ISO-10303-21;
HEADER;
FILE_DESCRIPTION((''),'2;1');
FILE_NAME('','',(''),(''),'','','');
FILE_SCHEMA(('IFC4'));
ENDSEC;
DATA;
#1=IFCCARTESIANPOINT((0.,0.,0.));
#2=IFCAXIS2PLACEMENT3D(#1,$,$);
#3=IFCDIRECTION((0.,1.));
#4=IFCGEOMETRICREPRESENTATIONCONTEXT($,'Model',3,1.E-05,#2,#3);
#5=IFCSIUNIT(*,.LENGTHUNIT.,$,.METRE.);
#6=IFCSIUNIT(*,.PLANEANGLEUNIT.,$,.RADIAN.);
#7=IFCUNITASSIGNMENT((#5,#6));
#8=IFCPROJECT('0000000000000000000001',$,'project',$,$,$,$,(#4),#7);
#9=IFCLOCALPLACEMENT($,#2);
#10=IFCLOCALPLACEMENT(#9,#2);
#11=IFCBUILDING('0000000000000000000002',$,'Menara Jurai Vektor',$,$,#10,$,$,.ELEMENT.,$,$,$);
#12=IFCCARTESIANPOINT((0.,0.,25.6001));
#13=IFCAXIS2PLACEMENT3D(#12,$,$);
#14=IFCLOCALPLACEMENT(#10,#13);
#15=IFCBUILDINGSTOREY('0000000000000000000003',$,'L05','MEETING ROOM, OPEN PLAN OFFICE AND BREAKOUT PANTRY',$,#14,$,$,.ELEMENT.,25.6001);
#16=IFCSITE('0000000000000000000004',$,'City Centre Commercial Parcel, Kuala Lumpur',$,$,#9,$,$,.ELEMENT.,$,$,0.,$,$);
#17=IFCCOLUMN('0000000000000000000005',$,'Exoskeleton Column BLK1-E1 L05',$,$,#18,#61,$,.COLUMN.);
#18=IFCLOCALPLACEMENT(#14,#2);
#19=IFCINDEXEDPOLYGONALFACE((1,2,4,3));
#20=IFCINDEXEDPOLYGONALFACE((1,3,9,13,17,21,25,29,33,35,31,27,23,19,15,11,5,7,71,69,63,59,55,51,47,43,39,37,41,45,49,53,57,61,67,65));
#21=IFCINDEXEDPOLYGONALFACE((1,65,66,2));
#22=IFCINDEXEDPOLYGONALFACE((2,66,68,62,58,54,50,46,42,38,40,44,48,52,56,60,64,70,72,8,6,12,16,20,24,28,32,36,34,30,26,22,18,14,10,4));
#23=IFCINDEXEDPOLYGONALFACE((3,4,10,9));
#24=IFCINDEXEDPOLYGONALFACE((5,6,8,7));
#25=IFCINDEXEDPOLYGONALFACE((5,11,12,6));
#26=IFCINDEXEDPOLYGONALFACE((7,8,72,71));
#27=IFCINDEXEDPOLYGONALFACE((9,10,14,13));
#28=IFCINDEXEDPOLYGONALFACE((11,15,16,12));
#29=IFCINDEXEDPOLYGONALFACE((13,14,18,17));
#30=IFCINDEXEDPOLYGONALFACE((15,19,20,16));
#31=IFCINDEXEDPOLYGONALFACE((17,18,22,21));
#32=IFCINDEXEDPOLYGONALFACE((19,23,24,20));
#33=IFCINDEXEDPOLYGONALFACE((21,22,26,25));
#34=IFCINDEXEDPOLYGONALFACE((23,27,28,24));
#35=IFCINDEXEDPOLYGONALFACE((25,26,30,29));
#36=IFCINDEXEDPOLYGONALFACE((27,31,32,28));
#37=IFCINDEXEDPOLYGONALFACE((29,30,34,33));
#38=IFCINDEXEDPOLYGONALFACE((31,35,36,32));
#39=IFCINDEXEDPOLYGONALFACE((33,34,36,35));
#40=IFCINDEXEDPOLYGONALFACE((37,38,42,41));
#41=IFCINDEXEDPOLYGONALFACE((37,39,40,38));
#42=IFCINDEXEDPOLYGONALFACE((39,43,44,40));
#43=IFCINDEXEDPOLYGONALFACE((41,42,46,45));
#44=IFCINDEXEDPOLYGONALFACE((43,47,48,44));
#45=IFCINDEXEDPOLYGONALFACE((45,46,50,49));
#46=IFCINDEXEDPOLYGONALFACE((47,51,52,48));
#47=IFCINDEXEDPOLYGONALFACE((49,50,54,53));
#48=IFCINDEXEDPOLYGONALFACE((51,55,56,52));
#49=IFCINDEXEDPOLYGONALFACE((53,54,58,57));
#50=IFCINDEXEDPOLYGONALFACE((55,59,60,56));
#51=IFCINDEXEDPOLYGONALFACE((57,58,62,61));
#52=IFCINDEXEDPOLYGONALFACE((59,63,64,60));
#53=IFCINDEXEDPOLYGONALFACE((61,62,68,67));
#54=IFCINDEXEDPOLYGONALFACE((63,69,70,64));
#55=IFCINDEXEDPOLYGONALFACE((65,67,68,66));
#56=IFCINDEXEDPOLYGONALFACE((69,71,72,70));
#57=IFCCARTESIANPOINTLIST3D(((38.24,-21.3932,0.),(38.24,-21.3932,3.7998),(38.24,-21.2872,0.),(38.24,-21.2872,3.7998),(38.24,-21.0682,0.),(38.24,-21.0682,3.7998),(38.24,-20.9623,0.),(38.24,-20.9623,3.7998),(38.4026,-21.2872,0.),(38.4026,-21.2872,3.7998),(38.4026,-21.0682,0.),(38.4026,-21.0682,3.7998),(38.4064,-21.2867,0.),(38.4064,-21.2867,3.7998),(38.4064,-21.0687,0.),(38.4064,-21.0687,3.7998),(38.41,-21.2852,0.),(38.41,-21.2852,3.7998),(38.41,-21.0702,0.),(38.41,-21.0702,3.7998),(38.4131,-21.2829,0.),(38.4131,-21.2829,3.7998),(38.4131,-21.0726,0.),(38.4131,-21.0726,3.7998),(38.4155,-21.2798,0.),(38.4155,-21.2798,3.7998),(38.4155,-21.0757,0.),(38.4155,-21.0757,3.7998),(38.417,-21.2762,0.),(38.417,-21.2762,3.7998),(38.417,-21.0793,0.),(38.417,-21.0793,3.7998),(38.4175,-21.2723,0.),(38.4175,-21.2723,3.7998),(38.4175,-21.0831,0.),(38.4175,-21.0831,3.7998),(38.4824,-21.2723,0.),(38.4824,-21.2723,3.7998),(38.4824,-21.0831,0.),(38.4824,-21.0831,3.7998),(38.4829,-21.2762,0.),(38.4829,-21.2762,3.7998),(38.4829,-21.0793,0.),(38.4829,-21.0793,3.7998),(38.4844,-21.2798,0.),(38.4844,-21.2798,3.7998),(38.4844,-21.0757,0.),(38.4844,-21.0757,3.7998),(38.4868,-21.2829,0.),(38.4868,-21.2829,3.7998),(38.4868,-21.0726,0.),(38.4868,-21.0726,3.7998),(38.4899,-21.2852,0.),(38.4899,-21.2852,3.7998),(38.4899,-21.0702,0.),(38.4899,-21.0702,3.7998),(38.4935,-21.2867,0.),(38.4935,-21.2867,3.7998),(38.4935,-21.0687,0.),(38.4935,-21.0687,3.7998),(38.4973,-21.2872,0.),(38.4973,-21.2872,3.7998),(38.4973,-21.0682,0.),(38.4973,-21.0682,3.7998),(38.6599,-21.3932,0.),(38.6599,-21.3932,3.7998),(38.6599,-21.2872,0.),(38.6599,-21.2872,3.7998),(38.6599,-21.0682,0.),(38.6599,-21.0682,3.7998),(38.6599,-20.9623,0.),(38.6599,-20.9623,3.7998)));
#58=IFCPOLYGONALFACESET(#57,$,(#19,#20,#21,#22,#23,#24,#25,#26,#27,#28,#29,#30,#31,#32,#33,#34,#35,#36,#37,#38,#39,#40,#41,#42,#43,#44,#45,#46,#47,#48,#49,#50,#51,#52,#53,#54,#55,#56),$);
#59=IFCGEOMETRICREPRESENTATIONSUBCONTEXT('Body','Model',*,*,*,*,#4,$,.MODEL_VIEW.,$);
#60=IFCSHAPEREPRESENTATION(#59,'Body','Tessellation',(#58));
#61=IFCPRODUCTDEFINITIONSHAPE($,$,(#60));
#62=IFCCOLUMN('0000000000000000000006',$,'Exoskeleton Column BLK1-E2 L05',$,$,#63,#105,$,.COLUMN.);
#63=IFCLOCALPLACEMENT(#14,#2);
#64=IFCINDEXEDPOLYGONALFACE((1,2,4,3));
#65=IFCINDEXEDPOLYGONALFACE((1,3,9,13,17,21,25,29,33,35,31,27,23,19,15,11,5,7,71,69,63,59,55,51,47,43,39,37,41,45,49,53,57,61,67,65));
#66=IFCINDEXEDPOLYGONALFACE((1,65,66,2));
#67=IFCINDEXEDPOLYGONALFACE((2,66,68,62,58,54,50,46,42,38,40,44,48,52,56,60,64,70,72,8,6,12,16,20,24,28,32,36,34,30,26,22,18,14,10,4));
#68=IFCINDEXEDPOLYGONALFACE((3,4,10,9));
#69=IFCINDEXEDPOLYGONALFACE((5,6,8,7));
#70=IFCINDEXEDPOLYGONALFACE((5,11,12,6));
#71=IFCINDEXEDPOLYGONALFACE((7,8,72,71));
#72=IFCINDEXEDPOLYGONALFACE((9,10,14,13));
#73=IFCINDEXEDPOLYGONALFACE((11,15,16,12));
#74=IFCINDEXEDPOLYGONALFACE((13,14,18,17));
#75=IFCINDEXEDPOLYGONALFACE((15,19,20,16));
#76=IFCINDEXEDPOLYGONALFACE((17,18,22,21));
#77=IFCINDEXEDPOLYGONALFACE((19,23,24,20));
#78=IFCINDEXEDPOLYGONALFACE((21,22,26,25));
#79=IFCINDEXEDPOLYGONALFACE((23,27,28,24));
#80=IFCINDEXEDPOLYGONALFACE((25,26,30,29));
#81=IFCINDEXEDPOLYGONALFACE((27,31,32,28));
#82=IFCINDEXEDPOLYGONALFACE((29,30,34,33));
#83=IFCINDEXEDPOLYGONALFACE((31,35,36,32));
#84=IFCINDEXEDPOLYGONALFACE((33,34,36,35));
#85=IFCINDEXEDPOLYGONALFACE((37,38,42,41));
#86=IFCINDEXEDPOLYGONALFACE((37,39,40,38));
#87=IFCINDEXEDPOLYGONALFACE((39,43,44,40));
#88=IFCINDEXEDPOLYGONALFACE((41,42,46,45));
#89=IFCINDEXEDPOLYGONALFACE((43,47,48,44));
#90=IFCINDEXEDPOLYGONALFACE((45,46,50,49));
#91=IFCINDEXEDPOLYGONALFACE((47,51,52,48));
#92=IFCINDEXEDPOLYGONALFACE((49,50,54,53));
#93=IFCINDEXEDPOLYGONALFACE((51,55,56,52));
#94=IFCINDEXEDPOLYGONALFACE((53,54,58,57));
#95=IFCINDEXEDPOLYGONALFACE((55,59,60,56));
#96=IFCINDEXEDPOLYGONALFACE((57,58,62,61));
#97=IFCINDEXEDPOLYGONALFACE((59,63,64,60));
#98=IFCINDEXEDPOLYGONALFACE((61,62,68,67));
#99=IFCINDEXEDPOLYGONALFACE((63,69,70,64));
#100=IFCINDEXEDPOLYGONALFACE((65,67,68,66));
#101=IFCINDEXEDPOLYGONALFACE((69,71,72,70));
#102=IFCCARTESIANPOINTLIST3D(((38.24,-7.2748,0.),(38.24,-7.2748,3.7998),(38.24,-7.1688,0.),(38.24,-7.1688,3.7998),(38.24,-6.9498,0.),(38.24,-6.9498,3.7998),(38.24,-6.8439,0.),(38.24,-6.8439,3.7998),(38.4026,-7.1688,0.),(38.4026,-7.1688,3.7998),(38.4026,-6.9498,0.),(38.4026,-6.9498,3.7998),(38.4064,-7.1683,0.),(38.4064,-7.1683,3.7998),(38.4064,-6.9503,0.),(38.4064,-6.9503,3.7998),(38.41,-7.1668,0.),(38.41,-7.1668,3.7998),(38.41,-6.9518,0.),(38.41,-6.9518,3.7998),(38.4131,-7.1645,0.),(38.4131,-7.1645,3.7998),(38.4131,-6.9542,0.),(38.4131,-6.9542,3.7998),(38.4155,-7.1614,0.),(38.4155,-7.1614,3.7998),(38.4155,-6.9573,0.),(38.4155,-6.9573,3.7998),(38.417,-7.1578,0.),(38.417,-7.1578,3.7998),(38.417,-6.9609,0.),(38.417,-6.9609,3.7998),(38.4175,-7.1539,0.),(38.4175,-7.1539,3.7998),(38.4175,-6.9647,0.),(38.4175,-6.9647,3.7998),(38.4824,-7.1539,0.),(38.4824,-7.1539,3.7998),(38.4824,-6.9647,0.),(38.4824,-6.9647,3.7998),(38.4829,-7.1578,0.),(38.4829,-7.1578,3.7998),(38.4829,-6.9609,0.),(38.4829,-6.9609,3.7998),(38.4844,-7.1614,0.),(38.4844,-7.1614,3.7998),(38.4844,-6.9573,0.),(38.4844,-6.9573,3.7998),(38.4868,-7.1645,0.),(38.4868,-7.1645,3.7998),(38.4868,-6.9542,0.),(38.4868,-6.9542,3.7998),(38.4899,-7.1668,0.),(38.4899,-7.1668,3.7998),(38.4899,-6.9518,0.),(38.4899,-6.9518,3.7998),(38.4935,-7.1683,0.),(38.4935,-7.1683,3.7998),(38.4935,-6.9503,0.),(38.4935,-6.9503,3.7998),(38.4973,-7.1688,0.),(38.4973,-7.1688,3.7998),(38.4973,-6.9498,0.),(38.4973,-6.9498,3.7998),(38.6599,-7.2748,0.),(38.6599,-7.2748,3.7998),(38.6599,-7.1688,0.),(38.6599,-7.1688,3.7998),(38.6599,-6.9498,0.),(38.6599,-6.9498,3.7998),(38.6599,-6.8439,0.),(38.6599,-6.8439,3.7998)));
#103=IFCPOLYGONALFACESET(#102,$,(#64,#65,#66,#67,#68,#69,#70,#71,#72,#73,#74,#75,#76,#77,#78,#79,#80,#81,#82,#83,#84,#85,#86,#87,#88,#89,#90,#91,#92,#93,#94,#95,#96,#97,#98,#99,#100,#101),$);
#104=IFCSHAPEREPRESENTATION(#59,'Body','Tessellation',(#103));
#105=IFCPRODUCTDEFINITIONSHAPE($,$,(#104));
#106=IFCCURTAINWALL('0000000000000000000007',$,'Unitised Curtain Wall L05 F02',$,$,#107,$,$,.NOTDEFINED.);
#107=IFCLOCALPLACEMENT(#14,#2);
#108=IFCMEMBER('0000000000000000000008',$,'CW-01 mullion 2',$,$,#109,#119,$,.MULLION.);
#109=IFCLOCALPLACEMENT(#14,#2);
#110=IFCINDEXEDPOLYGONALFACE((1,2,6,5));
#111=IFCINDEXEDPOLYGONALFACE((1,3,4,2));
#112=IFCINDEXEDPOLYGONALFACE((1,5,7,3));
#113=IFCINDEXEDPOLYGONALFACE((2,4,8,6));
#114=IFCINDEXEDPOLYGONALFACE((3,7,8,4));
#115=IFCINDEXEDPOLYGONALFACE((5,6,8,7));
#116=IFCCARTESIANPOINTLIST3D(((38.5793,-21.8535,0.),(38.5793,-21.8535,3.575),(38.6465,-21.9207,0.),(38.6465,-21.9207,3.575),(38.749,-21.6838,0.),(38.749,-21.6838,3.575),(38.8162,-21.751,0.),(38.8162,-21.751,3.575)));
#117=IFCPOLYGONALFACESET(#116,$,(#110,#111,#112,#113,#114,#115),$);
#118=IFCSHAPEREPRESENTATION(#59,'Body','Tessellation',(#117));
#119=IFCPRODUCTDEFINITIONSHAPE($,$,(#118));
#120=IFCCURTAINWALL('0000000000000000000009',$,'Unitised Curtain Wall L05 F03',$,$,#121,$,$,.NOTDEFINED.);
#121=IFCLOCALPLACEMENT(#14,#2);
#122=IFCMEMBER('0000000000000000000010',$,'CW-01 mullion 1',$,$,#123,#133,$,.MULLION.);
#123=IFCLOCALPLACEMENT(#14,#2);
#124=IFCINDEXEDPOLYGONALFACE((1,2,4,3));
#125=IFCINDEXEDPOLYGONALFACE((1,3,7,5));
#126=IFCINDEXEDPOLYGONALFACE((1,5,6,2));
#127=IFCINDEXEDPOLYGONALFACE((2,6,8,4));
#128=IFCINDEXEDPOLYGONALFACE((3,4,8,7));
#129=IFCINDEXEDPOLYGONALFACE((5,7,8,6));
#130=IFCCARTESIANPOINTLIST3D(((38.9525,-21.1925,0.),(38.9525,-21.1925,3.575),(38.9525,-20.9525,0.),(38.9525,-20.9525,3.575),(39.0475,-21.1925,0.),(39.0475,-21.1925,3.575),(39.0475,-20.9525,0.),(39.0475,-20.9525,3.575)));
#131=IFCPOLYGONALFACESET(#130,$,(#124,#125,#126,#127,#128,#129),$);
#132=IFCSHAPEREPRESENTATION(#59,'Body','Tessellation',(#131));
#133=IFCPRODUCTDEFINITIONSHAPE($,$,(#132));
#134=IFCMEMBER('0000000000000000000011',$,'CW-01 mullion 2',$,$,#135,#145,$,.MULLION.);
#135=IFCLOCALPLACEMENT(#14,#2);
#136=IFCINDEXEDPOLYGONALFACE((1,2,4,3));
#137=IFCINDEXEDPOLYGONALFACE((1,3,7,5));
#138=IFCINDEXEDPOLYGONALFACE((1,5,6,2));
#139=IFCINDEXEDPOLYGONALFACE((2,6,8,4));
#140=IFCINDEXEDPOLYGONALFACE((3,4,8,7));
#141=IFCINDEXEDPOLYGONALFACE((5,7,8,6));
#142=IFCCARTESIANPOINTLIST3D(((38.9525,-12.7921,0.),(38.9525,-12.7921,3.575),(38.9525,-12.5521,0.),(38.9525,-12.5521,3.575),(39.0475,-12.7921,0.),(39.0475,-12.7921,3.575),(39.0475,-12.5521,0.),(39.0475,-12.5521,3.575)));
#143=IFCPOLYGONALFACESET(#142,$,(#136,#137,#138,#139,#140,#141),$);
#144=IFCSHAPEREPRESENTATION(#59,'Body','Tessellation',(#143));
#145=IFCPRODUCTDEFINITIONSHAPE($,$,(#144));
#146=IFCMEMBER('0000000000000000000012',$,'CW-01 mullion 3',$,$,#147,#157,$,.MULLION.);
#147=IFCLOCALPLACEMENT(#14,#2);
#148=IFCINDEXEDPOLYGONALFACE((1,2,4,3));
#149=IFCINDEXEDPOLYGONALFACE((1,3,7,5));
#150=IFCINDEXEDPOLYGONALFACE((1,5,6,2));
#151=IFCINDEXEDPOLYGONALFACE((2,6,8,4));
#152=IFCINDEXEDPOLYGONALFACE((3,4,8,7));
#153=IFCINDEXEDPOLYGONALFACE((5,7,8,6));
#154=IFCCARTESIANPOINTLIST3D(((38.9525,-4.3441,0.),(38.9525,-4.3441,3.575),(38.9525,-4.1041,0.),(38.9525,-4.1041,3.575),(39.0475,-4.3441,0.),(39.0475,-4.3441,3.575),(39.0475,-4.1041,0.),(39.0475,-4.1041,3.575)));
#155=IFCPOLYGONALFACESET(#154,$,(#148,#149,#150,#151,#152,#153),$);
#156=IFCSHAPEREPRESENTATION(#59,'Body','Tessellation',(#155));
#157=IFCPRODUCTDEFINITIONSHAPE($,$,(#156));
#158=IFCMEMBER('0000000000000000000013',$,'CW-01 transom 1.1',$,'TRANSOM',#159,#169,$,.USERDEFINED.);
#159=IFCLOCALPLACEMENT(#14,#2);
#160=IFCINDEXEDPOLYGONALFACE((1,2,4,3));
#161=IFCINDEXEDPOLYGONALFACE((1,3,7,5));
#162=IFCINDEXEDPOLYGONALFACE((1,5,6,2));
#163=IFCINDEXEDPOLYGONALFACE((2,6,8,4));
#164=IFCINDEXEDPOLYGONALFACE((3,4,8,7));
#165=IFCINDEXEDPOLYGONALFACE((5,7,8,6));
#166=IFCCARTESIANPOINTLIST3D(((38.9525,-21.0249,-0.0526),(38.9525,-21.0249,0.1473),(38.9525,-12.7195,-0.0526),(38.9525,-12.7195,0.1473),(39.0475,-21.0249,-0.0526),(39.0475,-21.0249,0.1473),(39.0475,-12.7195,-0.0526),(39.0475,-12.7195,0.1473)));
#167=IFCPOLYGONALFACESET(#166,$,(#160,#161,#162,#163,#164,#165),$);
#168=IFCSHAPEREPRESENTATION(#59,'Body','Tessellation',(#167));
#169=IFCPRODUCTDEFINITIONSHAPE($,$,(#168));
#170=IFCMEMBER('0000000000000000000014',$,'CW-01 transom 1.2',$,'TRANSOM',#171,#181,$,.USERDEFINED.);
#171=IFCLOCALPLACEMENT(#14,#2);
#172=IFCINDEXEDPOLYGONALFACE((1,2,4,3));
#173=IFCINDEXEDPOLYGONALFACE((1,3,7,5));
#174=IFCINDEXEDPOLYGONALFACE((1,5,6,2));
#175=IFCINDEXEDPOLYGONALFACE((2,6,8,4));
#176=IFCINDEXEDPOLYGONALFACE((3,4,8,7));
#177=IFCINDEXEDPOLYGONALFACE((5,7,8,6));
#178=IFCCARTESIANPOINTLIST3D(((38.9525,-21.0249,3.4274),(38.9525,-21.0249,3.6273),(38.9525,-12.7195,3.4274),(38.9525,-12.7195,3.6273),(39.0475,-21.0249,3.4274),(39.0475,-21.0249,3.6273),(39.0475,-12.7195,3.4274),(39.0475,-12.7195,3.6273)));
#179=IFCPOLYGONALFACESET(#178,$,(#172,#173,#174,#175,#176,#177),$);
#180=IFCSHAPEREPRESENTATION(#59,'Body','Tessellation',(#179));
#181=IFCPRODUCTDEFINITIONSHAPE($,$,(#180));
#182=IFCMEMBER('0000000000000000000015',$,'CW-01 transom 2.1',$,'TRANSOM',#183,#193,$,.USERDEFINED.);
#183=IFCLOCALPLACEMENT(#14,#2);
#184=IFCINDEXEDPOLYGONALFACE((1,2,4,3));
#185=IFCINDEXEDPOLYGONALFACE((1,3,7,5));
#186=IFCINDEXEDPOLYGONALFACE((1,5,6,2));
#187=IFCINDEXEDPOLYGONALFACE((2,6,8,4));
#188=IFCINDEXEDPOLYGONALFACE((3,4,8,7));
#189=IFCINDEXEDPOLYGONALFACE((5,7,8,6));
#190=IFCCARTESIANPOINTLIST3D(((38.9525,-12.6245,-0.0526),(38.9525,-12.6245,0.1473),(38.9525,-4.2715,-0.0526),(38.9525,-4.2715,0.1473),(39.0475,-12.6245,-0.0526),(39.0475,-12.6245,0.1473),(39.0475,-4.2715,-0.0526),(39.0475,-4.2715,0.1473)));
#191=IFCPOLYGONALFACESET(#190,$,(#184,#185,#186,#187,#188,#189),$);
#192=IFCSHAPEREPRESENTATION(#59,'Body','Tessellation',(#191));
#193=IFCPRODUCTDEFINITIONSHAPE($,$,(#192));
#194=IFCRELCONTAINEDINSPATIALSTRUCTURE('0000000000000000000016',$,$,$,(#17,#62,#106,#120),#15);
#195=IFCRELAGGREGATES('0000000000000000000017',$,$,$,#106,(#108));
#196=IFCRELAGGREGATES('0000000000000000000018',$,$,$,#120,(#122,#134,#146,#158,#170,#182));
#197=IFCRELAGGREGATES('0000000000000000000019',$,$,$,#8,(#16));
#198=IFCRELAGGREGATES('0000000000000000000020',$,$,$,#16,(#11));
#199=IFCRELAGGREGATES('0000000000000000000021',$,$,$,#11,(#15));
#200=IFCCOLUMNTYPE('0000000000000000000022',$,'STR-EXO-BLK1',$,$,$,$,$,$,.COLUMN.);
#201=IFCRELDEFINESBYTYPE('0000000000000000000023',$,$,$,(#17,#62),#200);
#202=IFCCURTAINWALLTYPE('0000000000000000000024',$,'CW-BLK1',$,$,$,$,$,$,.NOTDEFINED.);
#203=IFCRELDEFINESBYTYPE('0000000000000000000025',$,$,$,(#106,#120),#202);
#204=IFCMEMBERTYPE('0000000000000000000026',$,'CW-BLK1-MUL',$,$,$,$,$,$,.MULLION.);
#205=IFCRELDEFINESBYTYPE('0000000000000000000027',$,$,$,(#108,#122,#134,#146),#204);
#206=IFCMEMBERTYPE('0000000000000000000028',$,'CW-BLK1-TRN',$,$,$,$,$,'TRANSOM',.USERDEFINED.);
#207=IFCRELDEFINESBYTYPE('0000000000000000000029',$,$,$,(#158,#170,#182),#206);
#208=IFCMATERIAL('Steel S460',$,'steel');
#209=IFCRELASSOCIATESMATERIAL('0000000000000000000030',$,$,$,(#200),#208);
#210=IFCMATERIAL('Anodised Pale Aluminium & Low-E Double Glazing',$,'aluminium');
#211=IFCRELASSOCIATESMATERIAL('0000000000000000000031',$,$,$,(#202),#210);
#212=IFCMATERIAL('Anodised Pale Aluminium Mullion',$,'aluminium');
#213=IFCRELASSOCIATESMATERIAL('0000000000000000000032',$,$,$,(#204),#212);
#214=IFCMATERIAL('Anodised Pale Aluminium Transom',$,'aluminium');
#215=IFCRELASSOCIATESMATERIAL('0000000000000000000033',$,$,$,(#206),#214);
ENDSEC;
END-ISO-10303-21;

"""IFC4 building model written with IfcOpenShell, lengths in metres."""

from ifc_helpers import new_model, si_unit, direction, frame, origin, origin_2d, place, context, subcontext, project, spatial, rectangle, i_section, extrude, material, material_profile, profile_set, type_object, element, aggregate, save


model = new_model("IFC4")

# Units and contexts
model_context = context("Model", 3, precision=1e-05, world=origin(), true_north=direction((0.0, 1.0)))
body_context = subcontext(model_context, "Body", "Model", "MODEL_VIEW")
ifc_project = project(units=[si_unit("LENGTHUNIT", "METRE"), si_unit("PLANEANGLEUNIT", "RADIAN")], contexts=[model_context])

# Site, building, storey
site_placement = place(None, origin())
site = spatial("IfcSite", under=ifc_project, at=site_placement, Name="City Centre Commercial Parcel, Kuala Lumpur", CompositionType="ELEMENT", RefElevation=0.0)
building_placement = place(site_placement, origin())
building = spatial("IfcBuilding", under=site, at=building_placement, Name="Menara Jurai Vektor", CompositionType="ELEMENT")
storey_placement = place(building_placement, frame((0.0, 0.0, 25.6001)))
storey = spatial("IfcBuildingStorey", under=building, at=storey_placement, Name="L05", Description="MEETING ROOM, OPEN PLAN OFFICE AND BREAKOUT PANTRY", CompositionType="ELEMENT", Elevation=25.6001)

# Columns
ifc_material_1 = material(Name="Steel S460", Category="steel")
ifc_material_profile_1 = material_profile(ifc_material_1, i_section(OverallWidth=0.4199, OverallDepth=0.4309, WebThickness=0.0649, FlangeThickness=0.106, FilletRadius=0.0149, at=origin_2d()), Name="HD 400x900")
ifc_profile_set_1 = profile_set([ifc_material_profile_1], Name="Steel S460")
column_type = type_object("IfcColumnType", Name="STR-EXO-BLK1", PredefinedType="COLUMN", material=ifc_profile_set_1)
for number, where, z_axis, x_axis, name in (
    (1, (38.45, -21.1777, 0.0), (0.0, 0.0, 1.0), (1.0, 0.0, 0.0), "Exoskeleton Column BLK1-E1 L05"),
    (2, (38.45, -7.0593, 0.0), (0.0, 0.0, 1.0), (1.0, 0.0, 0.0), "Exoskeleton Column BLK1-E2 L05"),
):
    element("IfcColumn", number, at=place(storey_placement, frame(where, z_axis=z_axis, x_axis=x_axis)), inside=storey, type_object=column_type, Name=name, PredefinedType="COLUMN", context=body_context, shape_type="SweptSolid", body=[
        extrude(i_section(OverallWidth=0.4199, OverallDepth=0.4309, WebThickness=0.0649, FlangeThickness=0.106, FilletRadius=0.0149, at=origin_2d()), origin(), (0.0, 0.0, 1.0), 3.7998),
    ])

# Curtain wall, member
ifc_material_2 = material(Name="Anodised Pale Aluminium & Low-E Double Glazing", Category="aluminium")
curtain_wall_type = type_object("IfcCurtainWallType", Name="CW-BLK1", PredefinedType="NOTDEFINED", material=ifc_material_2)
curtain_wall_1_placement = place(storey_placement, origin())
curtain_wall_1 = element("IfcCurtainWall", 3, at=curtain_wall_1_placement, inside=storey, type_object=curtain_wall_type, Name="Unitised Curtain Wall L05 F02", PredefinedType="NOTDEFINED")
ifc_material_3 = material(Name="Anodised Pale Aluminium Mullion", Category="aluminium")
ifc_material_profile_2 = material_profile(ifc_material_3, rectangle(XDim=0.095, YDim=0.24, at=origin_2d()), Name="ALU MUL 95x240")
ifc_profile_set_2 = profile_set([ifc_material_profile_2], Name="Anodised Pale Aluminium Mullion")
member_type_1 = type_object("IfcMemberType", Name="CW-BLK1-MUL", PredefinedType="MULLION", material=ifc_profile_set_2)
member_1_placement = place(storey_placement, frame((38.6978, -21.8022, 0.0), z_axis=(0.0, 0.0, 1.0), x_axis=(-0.707107, 0.707107, 0.0)))
member_1 = element("IfcMember", 4, at=member_1_placement, type_object=member_type_1, Name="CW-01 mullion 2", PredefinedType="MULLION", context=body_context, shape_type="SweptSolid", body=[
    extrude(rectangle(XDim=0.095, YDim=0.24, at=origin_2d()), origin(), (0.0, 0.0, 1.0), 3.575),
])
aggregate(curtain_wall_1, [member_1])

# Curtain wall, members
curtain_wall_2_placement = place(storey_placement, origin())
curtain_wall_2 = element("IfcCurtainWall", 5, at=curtain_wall_2_placement, inside=storey, type_object=curtain_wall_type, Name="Unitised Curtain Wall L05 F03", PredefinedType="NOTDEFINED")
member_2_placement = place(storey_placement, frame((39.0, -21.0725, 0.0), z_axis=(0.0, 0.0, 1.0), x_axis=(-1.0, 0.0, 0.0)))
member_2 = element("IfcMember", 6, at=member_2_placement, type_object=member_type_1, Name="CW-01 mullion 1", PredefinedType="MULLION", context=body_context, shape_type="SweptSolid", body=[
    extrude(rectangle(XDim=0.095, YDim=0.24, at=origin_2d()), origin(), (0.0, 0.0, 1.0), 3.575),
])
member_3_placement = place(storey_placement, frame((39.0, -12.6721, 0.0), z_axis=(0.0, 0.0, 1.0), x_axis=(-1.0, 0.0, 0.0)))
member_3 = element("IfcMember", 7, at=member_3_placement, type_object=member_type_1, Name="CW-01 mullion 2", PredefinedType="MULLION", context=body_context, shape_type="SweptSolid", body=[
    extrude(rectangle(XDim=0.095, YDim=0.24, at=origin_2d()), origin(), (0.0, 0.0, 1.0), 3.575),
])
member_4_placement = place(storey_placement, frame((39.0, -4.2241, 0.0), z_axis=(0.0, 0.0, 1.0), x_axis=(-1.0, 0.0, 0.0)))
member_4 = element("IfcMember", 8, at=member_4_placement, type_object=member_type_1, Name="CW-01 mullion 3", PredefinedType="MULLION", context=body_context, shape_type="SweptSolid", body=[
    extrude(rectangle(XDim=0.095, YDim=0.24, at=origin_2d()), origin(), (0.0, 0.0, 1.0), 3.575),
])
ifc_material_4 = material(Name="Anodised Pale Aluminium Transom", Category="aluminium")
ifc_material_profile_3 = material_profile(ifc_material_4, rectangle(XDim=0.095, YDim=0.2, at=origin_2d()), Name="ALU TRN 95x200")
ifc_profile_set_3 = profile_set([ifc_material_profile_3], Name="Anodised Pale Aluminium Transom")
member_type_2 = type_object("IfcMemberType", Name="CW-BLK1-TRN", ElementType="TRANSOM", PredefinedType="USERDEFINED", material=ifc_profile_set_3)
member_5_placement = place(storey_placement, frame((39.0, -21.0249, 0.0474), z_axis=(0.0, 1.0, 0.0), x_axis=(-1.0, 0.0, 0.0)))
member_5 = element("IfcMember", 9, at=member_5_placement, type_object=member_type_2, Name="CW-01 transom 1.1", ObjectType="TRANSOM", PredefinedType="USERDEFINED", context=body_context, shape_type="SweptSolid", body=[
    extrude(rectangle(XDim=0.095, YDim=0.2, at=origin_2d()), origin(), (0.0, 0.0, 1.0), 8.3054),
])
member_6_placement = place(storey_placement, frame((39.0, -21.0249, 3.5273), z_axis=(0.0, 1.0, 0.0), x_axis=(-1.0, 0.0, 0.0)))
member_6 = element("IfcMember", 10, at=member_6_placement, type_object=member_type_2, Name="CW-01 transom 1.2", ObjectType="TRANSOM", PredefinedType="USERDEFINED", context=body_context, shape_type="SweptSolid", body=[
    extrude(rectangle(XDim=0.095, YDim=0.2, at=origin_2d()), origin(), (0.0, 0.0, 1.0), 8.3054),
])
member_7_placement = place(storey_placement, frame((39.0, -12.6245, 0.0474), z_axis=(0.0, 1.0, 0.0), x_axis=(-1.0, 0.0, 0.0)))
member_7 = element("IfcMember", 11, at=member_7_placement, type_object=member_type_2, Name="CW-01 transom 2.1", ObjectType="TRANSOM", PredefinedType="USERDEFINED", context=body_context, shape_type="SweptSolid", body=[
    extrude(rectangle(XDim=0.095, YDim=0.2, at=origin_2d()), origin(), (0.0, 0.0, 1.0), 8.353),
])

aggregate(curtain_wall_2, [member_2, member_3, member_4, member_5, member_6, member_7])

save(model, "model.ifc")
